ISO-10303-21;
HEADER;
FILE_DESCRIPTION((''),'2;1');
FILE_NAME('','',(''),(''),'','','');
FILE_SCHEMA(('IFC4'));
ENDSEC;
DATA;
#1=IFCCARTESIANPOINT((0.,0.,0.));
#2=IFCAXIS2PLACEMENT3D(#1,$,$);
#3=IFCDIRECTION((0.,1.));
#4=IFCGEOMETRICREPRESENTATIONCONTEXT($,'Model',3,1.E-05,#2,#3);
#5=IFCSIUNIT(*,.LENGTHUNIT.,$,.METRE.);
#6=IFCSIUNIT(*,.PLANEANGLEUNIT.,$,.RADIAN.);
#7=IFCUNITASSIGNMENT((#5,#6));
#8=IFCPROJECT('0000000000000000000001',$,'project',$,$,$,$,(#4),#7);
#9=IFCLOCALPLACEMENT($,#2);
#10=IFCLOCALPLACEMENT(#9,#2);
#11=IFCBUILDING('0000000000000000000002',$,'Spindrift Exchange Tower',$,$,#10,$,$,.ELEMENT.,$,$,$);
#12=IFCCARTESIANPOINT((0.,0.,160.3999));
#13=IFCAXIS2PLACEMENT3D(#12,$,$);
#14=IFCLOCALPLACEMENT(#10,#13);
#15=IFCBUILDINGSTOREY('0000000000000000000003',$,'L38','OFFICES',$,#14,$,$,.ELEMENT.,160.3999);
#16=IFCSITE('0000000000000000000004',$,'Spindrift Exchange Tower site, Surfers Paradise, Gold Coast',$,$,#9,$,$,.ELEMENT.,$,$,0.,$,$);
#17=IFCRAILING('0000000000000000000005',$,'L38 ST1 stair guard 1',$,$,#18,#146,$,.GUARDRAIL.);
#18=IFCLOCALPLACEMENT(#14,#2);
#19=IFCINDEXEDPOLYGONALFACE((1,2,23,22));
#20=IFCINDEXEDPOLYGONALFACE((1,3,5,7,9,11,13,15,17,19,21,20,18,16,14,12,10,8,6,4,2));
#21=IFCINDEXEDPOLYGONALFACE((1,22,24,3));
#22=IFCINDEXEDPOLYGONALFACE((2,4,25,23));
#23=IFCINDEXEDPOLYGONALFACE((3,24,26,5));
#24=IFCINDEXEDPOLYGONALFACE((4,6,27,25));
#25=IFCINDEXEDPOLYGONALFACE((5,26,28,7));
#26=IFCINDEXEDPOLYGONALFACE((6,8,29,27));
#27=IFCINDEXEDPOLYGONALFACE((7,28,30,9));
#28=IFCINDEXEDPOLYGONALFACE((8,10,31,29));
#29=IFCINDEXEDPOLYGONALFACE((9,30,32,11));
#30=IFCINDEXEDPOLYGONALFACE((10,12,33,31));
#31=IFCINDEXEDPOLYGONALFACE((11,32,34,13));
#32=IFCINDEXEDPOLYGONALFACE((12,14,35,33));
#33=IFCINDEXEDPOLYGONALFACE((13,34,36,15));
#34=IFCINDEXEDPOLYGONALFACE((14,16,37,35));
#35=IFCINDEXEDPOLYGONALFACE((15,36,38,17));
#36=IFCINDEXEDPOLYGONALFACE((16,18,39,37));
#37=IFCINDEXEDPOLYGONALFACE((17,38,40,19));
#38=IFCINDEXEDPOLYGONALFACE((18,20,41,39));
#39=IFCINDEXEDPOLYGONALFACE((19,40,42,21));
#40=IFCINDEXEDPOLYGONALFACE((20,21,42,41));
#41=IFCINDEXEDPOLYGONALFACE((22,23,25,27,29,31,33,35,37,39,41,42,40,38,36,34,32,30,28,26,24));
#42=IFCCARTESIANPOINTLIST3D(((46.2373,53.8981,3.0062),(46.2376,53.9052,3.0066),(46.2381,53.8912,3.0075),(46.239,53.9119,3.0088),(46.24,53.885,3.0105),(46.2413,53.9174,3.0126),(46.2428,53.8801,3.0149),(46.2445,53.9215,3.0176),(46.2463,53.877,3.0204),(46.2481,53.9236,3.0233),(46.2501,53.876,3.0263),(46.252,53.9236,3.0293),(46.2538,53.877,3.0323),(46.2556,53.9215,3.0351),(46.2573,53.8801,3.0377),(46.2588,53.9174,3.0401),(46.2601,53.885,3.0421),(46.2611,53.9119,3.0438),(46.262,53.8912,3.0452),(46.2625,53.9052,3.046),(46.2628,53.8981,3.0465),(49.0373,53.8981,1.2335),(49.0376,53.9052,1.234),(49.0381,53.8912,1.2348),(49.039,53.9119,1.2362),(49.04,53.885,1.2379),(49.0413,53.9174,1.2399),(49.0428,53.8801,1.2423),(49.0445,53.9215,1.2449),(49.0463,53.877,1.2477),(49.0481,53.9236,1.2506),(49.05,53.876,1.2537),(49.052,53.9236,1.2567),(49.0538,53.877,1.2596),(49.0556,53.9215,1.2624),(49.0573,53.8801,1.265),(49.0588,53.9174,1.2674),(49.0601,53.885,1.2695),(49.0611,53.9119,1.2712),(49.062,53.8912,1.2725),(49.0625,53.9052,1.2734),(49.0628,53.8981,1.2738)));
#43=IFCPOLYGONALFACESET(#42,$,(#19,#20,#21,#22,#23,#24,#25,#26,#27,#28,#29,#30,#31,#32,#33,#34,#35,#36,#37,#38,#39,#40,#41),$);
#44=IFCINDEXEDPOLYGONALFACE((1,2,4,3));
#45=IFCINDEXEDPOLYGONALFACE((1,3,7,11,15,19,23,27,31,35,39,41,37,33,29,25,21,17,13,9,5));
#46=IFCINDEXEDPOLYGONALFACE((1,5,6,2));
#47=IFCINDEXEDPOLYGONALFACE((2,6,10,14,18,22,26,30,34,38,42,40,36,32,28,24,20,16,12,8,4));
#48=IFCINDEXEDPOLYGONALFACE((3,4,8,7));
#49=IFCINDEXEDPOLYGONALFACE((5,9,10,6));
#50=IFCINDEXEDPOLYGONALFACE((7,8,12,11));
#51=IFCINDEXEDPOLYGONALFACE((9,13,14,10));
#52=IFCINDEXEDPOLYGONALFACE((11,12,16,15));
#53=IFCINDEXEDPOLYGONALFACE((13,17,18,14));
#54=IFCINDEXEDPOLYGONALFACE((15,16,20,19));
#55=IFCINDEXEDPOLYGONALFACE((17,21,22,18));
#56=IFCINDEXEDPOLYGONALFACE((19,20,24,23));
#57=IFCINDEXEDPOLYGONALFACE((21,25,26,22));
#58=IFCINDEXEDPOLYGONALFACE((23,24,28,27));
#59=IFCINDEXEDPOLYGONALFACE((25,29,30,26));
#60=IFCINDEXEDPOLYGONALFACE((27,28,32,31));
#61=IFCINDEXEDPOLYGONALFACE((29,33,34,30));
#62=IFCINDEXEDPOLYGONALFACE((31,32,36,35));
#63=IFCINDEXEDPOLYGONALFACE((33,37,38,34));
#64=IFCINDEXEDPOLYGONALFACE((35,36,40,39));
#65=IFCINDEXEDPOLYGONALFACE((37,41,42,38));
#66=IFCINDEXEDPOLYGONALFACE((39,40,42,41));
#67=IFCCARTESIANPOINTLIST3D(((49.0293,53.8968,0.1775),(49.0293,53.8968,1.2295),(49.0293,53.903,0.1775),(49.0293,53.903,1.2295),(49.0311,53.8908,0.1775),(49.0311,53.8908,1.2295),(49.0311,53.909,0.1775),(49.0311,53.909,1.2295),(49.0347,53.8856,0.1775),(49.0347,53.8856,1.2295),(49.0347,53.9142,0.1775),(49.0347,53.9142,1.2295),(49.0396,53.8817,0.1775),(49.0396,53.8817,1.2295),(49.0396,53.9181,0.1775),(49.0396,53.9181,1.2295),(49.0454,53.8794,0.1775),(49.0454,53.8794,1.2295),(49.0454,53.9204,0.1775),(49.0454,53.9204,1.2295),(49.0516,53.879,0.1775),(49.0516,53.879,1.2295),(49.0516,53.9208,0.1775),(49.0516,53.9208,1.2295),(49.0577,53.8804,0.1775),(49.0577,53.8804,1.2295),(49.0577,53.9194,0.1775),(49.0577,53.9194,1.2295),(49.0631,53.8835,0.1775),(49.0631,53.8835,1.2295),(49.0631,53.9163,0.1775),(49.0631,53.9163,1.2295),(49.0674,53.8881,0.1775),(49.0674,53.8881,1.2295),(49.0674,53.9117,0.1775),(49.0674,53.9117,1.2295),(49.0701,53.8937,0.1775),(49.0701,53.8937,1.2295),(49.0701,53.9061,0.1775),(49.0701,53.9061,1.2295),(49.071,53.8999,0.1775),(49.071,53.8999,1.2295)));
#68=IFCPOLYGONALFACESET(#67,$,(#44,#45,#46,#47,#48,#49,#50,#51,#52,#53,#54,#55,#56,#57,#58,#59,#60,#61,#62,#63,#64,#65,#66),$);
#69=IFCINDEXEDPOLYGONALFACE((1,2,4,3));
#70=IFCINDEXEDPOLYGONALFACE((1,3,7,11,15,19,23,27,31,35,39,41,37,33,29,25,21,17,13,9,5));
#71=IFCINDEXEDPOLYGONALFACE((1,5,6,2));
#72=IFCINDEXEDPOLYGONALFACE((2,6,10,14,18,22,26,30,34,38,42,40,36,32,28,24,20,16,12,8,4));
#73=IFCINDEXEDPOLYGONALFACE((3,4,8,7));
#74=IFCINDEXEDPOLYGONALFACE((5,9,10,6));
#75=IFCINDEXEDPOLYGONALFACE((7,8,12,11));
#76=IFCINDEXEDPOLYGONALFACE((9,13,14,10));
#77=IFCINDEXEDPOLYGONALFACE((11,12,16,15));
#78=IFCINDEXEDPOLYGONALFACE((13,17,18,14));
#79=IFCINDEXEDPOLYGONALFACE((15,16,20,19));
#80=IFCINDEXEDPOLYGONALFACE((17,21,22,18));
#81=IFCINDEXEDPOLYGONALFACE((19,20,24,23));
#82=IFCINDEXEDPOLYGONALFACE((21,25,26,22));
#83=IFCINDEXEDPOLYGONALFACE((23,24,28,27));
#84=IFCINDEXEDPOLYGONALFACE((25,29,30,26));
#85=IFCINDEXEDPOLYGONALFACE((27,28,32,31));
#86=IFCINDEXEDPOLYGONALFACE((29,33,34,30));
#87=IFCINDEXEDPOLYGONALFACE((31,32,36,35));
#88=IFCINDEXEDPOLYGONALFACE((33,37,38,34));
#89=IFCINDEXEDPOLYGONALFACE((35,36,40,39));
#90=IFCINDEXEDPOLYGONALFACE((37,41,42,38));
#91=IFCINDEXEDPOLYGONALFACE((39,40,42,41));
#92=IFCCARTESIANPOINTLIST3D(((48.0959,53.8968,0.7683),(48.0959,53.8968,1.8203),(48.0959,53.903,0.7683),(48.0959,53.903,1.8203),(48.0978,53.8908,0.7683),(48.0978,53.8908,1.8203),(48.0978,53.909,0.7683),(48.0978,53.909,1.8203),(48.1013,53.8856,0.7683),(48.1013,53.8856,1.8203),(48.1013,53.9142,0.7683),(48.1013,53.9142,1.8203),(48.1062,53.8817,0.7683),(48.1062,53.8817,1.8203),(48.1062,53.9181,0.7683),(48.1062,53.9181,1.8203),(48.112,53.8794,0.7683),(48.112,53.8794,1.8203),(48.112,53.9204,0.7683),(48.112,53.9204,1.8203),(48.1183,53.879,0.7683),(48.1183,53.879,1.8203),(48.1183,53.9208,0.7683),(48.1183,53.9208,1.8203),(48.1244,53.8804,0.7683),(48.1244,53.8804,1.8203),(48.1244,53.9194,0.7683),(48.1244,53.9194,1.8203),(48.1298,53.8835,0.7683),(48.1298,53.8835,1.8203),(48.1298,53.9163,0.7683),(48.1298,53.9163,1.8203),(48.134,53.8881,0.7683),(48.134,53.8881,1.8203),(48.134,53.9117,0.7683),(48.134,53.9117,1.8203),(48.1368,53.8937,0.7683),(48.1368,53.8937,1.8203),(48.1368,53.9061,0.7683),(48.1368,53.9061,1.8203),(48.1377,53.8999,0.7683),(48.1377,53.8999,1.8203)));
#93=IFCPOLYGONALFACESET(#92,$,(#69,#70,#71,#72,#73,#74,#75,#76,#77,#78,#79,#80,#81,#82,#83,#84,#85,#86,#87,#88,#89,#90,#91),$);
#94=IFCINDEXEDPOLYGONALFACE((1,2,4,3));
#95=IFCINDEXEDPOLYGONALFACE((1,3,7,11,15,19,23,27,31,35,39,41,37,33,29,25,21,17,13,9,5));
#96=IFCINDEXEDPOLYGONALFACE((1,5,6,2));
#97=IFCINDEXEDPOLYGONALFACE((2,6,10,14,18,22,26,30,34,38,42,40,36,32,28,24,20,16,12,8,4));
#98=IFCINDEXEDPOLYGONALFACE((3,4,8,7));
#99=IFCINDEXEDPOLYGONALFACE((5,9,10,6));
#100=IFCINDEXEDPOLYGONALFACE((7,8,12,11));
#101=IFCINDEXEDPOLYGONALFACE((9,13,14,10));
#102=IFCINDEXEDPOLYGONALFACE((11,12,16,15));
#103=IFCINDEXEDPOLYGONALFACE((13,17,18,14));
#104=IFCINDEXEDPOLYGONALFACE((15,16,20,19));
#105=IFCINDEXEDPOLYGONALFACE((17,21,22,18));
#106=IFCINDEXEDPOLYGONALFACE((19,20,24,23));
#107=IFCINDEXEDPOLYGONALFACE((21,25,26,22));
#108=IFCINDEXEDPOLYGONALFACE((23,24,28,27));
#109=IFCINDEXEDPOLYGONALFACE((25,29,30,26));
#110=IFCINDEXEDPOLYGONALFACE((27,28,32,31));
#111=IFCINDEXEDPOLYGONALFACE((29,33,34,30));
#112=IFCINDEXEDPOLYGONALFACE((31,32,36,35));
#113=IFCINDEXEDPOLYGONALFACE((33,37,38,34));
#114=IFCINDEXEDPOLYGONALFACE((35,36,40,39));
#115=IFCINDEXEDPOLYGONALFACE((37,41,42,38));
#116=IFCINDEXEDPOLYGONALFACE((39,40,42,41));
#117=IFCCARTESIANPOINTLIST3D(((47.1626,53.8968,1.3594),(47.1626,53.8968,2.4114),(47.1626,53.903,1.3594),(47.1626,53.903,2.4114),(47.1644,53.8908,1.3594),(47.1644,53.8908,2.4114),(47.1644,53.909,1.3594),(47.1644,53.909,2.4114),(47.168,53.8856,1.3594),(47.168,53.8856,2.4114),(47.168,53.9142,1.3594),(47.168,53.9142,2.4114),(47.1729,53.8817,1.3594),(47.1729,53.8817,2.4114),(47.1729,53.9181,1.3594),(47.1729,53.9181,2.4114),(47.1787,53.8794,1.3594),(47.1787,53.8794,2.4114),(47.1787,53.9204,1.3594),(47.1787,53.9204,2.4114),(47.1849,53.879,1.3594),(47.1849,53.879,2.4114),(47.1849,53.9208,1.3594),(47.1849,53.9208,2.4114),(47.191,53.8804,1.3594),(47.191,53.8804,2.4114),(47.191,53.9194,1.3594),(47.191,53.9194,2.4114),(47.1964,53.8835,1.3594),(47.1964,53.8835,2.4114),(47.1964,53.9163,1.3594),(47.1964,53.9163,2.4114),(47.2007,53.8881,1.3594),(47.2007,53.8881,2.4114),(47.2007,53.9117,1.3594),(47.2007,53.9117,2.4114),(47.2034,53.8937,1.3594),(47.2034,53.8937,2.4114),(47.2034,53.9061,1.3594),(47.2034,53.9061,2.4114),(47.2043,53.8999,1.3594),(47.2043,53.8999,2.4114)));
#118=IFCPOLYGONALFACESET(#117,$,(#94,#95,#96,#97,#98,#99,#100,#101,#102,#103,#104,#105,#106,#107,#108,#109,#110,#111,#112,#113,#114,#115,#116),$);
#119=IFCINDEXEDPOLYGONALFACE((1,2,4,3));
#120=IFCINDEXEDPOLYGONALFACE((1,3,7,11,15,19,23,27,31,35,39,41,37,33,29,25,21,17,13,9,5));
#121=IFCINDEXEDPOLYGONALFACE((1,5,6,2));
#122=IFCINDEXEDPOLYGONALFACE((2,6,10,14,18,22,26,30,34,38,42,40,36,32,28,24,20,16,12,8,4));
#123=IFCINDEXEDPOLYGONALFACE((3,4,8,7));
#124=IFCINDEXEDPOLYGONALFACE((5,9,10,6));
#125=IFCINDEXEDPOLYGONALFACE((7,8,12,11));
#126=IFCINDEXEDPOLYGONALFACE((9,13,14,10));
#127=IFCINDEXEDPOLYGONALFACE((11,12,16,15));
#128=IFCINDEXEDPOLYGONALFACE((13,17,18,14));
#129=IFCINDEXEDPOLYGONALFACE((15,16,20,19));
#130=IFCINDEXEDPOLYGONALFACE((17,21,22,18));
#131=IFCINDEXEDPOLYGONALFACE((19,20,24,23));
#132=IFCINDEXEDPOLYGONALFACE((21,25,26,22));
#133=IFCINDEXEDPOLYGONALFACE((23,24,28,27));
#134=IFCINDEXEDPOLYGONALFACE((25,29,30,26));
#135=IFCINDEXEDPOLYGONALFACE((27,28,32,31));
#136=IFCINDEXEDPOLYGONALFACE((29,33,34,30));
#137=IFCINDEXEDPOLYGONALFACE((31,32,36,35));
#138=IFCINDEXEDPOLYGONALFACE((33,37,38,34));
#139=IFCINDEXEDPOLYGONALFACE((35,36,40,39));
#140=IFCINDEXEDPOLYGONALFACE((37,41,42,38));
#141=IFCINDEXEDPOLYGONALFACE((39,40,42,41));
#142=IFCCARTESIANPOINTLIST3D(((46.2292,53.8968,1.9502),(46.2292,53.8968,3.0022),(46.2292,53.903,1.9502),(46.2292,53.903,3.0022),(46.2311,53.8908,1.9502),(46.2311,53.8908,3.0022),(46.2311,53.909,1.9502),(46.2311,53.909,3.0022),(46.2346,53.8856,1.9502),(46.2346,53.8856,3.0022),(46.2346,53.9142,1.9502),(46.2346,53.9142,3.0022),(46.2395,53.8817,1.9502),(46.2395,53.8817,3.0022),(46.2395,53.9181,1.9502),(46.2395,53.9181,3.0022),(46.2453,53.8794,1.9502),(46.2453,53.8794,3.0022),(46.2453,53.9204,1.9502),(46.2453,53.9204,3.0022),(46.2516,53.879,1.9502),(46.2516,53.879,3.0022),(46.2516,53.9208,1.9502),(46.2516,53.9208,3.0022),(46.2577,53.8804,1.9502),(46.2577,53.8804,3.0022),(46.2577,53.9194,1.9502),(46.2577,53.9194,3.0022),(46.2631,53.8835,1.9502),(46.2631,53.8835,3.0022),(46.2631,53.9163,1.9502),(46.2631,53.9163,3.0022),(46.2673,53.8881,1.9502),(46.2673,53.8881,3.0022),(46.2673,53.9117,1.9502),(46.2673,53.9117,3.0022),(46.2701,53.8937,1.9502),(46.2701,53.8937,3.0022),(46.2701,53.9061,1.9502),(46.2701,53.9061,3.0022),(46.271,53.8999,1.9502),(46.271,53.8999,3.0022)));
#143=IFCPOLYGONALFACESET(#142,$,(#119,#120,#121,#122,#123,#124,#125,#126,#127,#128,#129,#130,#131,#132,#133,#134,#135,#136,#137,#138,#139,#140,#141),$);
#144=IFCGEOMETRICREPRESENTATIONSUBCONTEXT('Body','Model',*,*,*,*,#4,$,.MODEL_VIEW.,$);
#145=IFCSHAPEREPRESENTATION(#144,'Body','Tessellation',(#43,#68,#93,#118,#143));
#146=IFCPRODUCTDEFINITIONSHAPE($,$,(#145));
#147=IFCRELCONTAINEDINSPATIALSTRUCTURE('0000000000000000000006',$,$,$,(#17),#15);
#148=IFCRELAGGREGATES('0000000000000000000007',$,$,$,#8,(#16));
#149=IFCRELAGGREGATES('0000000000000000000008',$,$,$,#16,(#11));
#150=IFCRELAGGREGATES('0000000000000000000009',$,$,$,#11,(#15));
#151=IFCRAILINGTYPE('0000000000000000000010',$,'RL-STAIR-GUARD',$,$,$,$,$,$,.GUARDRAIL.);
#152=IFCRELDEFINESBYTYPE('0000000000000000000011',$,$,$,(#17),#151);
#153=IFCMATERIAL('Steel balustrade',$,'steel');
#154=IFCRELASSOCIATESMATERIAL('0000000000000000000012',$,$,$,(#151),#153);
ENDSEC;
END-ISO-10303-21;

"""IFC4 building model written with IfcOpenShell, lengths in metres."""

from ifc_helpers import new_model, si_unit, direction, frame, origin, origin_2d, place, context, subcontext, project, spatial, circle, extrude, material, type_object, element, save


model = new_model("IFC4")

# Units and contexts
model_context = context("Model", 3, precision=1e-05, world=origin(), true_north=direction((0.0, 1.0)))
body_context = subcontext(model_context, "Body", "Model", "MODEL_VIEW")
ifc_project = project(units=[si_unit("LENGTHUNIT", "METRE"), si_unit("PLANEANGLEUNIT", "RADIAN")], contexts=[model_context])

# Site, building, storey
site_placement = place(None, origin())
site = spatial("IfcSite", under=ifc_project, at=site_placement, Name="Spindrift Exchange Tower site, Surfers Paradise, Gold Coast", CompositionType="ELEMENT", RefElevation=0.0)
building_placement = place(site_placement, origin())
building = spatial("IfcBuilding", under=site, at=building_placement, Name="Spindrift Exchange Tower", CompositionType="ELEMENT")
storey_placement = place(building_placement, frame((0.0, 0.0, 160.3999)))
storey = spatial("IfcBuildingStorey", under=building, at=storey_placement, Name="L38", Description="OFFICES", CompositionType="ELEMENT", Elevation=160.3999)

# Railing
ifc_material_1 = material(Name="Steel balustrade", Category="steel")
railing_type_1 = type_object("IfcRailingType", Name="RL-STAIR-GUARD", PredefinedType="GUARDRAIL", material=ifc_material_1)
railing_1_placement = place(storey_placement, frame((49.05, 53.8999, 0.1775)))
element("IfcRailing", 1, at=railing_1_placement, inside=storey, type_object=railing_type_1, Name="L38 ST1 stair guard 1", PredefinedType="GUARDRAIL", context=body_context, shape_type="SweptSolid", body=[
    extrude(circle(Radius=0.0239, at=origin_2d()), frame((0.0, 0.0, 1.0762), z_axis=(-0.844909, 0.0, 0.53491), x_axis=(0.0, -1.0, 0.0)), (0.0, 0.0, 1.0), 3.314),
    extrude(circle(Radius=0.021, at=origin_2d()), origin(), (0.0, 0.0, 1.0), 1.052),
    extrude(circle(Radius=0.021, at=origin_2d()), frame((-0.9333, 0.0, 0.5908)), (0.0, 0.0, 1.0), 1.052),
    extrude(circle(Radius=0.021, at=origin_2d()), frame((-1.8667, 0.0, 1.1819)), (0.0, 0.0, 1.0), 1.052),
    extrude(circle(Radius=0.021, at=origin_2d()), frame((-2.8, 0.0, 1.7727)), (0.0, 0.0, 1.0), 1.052),
])

save(model, "model.ifc")
